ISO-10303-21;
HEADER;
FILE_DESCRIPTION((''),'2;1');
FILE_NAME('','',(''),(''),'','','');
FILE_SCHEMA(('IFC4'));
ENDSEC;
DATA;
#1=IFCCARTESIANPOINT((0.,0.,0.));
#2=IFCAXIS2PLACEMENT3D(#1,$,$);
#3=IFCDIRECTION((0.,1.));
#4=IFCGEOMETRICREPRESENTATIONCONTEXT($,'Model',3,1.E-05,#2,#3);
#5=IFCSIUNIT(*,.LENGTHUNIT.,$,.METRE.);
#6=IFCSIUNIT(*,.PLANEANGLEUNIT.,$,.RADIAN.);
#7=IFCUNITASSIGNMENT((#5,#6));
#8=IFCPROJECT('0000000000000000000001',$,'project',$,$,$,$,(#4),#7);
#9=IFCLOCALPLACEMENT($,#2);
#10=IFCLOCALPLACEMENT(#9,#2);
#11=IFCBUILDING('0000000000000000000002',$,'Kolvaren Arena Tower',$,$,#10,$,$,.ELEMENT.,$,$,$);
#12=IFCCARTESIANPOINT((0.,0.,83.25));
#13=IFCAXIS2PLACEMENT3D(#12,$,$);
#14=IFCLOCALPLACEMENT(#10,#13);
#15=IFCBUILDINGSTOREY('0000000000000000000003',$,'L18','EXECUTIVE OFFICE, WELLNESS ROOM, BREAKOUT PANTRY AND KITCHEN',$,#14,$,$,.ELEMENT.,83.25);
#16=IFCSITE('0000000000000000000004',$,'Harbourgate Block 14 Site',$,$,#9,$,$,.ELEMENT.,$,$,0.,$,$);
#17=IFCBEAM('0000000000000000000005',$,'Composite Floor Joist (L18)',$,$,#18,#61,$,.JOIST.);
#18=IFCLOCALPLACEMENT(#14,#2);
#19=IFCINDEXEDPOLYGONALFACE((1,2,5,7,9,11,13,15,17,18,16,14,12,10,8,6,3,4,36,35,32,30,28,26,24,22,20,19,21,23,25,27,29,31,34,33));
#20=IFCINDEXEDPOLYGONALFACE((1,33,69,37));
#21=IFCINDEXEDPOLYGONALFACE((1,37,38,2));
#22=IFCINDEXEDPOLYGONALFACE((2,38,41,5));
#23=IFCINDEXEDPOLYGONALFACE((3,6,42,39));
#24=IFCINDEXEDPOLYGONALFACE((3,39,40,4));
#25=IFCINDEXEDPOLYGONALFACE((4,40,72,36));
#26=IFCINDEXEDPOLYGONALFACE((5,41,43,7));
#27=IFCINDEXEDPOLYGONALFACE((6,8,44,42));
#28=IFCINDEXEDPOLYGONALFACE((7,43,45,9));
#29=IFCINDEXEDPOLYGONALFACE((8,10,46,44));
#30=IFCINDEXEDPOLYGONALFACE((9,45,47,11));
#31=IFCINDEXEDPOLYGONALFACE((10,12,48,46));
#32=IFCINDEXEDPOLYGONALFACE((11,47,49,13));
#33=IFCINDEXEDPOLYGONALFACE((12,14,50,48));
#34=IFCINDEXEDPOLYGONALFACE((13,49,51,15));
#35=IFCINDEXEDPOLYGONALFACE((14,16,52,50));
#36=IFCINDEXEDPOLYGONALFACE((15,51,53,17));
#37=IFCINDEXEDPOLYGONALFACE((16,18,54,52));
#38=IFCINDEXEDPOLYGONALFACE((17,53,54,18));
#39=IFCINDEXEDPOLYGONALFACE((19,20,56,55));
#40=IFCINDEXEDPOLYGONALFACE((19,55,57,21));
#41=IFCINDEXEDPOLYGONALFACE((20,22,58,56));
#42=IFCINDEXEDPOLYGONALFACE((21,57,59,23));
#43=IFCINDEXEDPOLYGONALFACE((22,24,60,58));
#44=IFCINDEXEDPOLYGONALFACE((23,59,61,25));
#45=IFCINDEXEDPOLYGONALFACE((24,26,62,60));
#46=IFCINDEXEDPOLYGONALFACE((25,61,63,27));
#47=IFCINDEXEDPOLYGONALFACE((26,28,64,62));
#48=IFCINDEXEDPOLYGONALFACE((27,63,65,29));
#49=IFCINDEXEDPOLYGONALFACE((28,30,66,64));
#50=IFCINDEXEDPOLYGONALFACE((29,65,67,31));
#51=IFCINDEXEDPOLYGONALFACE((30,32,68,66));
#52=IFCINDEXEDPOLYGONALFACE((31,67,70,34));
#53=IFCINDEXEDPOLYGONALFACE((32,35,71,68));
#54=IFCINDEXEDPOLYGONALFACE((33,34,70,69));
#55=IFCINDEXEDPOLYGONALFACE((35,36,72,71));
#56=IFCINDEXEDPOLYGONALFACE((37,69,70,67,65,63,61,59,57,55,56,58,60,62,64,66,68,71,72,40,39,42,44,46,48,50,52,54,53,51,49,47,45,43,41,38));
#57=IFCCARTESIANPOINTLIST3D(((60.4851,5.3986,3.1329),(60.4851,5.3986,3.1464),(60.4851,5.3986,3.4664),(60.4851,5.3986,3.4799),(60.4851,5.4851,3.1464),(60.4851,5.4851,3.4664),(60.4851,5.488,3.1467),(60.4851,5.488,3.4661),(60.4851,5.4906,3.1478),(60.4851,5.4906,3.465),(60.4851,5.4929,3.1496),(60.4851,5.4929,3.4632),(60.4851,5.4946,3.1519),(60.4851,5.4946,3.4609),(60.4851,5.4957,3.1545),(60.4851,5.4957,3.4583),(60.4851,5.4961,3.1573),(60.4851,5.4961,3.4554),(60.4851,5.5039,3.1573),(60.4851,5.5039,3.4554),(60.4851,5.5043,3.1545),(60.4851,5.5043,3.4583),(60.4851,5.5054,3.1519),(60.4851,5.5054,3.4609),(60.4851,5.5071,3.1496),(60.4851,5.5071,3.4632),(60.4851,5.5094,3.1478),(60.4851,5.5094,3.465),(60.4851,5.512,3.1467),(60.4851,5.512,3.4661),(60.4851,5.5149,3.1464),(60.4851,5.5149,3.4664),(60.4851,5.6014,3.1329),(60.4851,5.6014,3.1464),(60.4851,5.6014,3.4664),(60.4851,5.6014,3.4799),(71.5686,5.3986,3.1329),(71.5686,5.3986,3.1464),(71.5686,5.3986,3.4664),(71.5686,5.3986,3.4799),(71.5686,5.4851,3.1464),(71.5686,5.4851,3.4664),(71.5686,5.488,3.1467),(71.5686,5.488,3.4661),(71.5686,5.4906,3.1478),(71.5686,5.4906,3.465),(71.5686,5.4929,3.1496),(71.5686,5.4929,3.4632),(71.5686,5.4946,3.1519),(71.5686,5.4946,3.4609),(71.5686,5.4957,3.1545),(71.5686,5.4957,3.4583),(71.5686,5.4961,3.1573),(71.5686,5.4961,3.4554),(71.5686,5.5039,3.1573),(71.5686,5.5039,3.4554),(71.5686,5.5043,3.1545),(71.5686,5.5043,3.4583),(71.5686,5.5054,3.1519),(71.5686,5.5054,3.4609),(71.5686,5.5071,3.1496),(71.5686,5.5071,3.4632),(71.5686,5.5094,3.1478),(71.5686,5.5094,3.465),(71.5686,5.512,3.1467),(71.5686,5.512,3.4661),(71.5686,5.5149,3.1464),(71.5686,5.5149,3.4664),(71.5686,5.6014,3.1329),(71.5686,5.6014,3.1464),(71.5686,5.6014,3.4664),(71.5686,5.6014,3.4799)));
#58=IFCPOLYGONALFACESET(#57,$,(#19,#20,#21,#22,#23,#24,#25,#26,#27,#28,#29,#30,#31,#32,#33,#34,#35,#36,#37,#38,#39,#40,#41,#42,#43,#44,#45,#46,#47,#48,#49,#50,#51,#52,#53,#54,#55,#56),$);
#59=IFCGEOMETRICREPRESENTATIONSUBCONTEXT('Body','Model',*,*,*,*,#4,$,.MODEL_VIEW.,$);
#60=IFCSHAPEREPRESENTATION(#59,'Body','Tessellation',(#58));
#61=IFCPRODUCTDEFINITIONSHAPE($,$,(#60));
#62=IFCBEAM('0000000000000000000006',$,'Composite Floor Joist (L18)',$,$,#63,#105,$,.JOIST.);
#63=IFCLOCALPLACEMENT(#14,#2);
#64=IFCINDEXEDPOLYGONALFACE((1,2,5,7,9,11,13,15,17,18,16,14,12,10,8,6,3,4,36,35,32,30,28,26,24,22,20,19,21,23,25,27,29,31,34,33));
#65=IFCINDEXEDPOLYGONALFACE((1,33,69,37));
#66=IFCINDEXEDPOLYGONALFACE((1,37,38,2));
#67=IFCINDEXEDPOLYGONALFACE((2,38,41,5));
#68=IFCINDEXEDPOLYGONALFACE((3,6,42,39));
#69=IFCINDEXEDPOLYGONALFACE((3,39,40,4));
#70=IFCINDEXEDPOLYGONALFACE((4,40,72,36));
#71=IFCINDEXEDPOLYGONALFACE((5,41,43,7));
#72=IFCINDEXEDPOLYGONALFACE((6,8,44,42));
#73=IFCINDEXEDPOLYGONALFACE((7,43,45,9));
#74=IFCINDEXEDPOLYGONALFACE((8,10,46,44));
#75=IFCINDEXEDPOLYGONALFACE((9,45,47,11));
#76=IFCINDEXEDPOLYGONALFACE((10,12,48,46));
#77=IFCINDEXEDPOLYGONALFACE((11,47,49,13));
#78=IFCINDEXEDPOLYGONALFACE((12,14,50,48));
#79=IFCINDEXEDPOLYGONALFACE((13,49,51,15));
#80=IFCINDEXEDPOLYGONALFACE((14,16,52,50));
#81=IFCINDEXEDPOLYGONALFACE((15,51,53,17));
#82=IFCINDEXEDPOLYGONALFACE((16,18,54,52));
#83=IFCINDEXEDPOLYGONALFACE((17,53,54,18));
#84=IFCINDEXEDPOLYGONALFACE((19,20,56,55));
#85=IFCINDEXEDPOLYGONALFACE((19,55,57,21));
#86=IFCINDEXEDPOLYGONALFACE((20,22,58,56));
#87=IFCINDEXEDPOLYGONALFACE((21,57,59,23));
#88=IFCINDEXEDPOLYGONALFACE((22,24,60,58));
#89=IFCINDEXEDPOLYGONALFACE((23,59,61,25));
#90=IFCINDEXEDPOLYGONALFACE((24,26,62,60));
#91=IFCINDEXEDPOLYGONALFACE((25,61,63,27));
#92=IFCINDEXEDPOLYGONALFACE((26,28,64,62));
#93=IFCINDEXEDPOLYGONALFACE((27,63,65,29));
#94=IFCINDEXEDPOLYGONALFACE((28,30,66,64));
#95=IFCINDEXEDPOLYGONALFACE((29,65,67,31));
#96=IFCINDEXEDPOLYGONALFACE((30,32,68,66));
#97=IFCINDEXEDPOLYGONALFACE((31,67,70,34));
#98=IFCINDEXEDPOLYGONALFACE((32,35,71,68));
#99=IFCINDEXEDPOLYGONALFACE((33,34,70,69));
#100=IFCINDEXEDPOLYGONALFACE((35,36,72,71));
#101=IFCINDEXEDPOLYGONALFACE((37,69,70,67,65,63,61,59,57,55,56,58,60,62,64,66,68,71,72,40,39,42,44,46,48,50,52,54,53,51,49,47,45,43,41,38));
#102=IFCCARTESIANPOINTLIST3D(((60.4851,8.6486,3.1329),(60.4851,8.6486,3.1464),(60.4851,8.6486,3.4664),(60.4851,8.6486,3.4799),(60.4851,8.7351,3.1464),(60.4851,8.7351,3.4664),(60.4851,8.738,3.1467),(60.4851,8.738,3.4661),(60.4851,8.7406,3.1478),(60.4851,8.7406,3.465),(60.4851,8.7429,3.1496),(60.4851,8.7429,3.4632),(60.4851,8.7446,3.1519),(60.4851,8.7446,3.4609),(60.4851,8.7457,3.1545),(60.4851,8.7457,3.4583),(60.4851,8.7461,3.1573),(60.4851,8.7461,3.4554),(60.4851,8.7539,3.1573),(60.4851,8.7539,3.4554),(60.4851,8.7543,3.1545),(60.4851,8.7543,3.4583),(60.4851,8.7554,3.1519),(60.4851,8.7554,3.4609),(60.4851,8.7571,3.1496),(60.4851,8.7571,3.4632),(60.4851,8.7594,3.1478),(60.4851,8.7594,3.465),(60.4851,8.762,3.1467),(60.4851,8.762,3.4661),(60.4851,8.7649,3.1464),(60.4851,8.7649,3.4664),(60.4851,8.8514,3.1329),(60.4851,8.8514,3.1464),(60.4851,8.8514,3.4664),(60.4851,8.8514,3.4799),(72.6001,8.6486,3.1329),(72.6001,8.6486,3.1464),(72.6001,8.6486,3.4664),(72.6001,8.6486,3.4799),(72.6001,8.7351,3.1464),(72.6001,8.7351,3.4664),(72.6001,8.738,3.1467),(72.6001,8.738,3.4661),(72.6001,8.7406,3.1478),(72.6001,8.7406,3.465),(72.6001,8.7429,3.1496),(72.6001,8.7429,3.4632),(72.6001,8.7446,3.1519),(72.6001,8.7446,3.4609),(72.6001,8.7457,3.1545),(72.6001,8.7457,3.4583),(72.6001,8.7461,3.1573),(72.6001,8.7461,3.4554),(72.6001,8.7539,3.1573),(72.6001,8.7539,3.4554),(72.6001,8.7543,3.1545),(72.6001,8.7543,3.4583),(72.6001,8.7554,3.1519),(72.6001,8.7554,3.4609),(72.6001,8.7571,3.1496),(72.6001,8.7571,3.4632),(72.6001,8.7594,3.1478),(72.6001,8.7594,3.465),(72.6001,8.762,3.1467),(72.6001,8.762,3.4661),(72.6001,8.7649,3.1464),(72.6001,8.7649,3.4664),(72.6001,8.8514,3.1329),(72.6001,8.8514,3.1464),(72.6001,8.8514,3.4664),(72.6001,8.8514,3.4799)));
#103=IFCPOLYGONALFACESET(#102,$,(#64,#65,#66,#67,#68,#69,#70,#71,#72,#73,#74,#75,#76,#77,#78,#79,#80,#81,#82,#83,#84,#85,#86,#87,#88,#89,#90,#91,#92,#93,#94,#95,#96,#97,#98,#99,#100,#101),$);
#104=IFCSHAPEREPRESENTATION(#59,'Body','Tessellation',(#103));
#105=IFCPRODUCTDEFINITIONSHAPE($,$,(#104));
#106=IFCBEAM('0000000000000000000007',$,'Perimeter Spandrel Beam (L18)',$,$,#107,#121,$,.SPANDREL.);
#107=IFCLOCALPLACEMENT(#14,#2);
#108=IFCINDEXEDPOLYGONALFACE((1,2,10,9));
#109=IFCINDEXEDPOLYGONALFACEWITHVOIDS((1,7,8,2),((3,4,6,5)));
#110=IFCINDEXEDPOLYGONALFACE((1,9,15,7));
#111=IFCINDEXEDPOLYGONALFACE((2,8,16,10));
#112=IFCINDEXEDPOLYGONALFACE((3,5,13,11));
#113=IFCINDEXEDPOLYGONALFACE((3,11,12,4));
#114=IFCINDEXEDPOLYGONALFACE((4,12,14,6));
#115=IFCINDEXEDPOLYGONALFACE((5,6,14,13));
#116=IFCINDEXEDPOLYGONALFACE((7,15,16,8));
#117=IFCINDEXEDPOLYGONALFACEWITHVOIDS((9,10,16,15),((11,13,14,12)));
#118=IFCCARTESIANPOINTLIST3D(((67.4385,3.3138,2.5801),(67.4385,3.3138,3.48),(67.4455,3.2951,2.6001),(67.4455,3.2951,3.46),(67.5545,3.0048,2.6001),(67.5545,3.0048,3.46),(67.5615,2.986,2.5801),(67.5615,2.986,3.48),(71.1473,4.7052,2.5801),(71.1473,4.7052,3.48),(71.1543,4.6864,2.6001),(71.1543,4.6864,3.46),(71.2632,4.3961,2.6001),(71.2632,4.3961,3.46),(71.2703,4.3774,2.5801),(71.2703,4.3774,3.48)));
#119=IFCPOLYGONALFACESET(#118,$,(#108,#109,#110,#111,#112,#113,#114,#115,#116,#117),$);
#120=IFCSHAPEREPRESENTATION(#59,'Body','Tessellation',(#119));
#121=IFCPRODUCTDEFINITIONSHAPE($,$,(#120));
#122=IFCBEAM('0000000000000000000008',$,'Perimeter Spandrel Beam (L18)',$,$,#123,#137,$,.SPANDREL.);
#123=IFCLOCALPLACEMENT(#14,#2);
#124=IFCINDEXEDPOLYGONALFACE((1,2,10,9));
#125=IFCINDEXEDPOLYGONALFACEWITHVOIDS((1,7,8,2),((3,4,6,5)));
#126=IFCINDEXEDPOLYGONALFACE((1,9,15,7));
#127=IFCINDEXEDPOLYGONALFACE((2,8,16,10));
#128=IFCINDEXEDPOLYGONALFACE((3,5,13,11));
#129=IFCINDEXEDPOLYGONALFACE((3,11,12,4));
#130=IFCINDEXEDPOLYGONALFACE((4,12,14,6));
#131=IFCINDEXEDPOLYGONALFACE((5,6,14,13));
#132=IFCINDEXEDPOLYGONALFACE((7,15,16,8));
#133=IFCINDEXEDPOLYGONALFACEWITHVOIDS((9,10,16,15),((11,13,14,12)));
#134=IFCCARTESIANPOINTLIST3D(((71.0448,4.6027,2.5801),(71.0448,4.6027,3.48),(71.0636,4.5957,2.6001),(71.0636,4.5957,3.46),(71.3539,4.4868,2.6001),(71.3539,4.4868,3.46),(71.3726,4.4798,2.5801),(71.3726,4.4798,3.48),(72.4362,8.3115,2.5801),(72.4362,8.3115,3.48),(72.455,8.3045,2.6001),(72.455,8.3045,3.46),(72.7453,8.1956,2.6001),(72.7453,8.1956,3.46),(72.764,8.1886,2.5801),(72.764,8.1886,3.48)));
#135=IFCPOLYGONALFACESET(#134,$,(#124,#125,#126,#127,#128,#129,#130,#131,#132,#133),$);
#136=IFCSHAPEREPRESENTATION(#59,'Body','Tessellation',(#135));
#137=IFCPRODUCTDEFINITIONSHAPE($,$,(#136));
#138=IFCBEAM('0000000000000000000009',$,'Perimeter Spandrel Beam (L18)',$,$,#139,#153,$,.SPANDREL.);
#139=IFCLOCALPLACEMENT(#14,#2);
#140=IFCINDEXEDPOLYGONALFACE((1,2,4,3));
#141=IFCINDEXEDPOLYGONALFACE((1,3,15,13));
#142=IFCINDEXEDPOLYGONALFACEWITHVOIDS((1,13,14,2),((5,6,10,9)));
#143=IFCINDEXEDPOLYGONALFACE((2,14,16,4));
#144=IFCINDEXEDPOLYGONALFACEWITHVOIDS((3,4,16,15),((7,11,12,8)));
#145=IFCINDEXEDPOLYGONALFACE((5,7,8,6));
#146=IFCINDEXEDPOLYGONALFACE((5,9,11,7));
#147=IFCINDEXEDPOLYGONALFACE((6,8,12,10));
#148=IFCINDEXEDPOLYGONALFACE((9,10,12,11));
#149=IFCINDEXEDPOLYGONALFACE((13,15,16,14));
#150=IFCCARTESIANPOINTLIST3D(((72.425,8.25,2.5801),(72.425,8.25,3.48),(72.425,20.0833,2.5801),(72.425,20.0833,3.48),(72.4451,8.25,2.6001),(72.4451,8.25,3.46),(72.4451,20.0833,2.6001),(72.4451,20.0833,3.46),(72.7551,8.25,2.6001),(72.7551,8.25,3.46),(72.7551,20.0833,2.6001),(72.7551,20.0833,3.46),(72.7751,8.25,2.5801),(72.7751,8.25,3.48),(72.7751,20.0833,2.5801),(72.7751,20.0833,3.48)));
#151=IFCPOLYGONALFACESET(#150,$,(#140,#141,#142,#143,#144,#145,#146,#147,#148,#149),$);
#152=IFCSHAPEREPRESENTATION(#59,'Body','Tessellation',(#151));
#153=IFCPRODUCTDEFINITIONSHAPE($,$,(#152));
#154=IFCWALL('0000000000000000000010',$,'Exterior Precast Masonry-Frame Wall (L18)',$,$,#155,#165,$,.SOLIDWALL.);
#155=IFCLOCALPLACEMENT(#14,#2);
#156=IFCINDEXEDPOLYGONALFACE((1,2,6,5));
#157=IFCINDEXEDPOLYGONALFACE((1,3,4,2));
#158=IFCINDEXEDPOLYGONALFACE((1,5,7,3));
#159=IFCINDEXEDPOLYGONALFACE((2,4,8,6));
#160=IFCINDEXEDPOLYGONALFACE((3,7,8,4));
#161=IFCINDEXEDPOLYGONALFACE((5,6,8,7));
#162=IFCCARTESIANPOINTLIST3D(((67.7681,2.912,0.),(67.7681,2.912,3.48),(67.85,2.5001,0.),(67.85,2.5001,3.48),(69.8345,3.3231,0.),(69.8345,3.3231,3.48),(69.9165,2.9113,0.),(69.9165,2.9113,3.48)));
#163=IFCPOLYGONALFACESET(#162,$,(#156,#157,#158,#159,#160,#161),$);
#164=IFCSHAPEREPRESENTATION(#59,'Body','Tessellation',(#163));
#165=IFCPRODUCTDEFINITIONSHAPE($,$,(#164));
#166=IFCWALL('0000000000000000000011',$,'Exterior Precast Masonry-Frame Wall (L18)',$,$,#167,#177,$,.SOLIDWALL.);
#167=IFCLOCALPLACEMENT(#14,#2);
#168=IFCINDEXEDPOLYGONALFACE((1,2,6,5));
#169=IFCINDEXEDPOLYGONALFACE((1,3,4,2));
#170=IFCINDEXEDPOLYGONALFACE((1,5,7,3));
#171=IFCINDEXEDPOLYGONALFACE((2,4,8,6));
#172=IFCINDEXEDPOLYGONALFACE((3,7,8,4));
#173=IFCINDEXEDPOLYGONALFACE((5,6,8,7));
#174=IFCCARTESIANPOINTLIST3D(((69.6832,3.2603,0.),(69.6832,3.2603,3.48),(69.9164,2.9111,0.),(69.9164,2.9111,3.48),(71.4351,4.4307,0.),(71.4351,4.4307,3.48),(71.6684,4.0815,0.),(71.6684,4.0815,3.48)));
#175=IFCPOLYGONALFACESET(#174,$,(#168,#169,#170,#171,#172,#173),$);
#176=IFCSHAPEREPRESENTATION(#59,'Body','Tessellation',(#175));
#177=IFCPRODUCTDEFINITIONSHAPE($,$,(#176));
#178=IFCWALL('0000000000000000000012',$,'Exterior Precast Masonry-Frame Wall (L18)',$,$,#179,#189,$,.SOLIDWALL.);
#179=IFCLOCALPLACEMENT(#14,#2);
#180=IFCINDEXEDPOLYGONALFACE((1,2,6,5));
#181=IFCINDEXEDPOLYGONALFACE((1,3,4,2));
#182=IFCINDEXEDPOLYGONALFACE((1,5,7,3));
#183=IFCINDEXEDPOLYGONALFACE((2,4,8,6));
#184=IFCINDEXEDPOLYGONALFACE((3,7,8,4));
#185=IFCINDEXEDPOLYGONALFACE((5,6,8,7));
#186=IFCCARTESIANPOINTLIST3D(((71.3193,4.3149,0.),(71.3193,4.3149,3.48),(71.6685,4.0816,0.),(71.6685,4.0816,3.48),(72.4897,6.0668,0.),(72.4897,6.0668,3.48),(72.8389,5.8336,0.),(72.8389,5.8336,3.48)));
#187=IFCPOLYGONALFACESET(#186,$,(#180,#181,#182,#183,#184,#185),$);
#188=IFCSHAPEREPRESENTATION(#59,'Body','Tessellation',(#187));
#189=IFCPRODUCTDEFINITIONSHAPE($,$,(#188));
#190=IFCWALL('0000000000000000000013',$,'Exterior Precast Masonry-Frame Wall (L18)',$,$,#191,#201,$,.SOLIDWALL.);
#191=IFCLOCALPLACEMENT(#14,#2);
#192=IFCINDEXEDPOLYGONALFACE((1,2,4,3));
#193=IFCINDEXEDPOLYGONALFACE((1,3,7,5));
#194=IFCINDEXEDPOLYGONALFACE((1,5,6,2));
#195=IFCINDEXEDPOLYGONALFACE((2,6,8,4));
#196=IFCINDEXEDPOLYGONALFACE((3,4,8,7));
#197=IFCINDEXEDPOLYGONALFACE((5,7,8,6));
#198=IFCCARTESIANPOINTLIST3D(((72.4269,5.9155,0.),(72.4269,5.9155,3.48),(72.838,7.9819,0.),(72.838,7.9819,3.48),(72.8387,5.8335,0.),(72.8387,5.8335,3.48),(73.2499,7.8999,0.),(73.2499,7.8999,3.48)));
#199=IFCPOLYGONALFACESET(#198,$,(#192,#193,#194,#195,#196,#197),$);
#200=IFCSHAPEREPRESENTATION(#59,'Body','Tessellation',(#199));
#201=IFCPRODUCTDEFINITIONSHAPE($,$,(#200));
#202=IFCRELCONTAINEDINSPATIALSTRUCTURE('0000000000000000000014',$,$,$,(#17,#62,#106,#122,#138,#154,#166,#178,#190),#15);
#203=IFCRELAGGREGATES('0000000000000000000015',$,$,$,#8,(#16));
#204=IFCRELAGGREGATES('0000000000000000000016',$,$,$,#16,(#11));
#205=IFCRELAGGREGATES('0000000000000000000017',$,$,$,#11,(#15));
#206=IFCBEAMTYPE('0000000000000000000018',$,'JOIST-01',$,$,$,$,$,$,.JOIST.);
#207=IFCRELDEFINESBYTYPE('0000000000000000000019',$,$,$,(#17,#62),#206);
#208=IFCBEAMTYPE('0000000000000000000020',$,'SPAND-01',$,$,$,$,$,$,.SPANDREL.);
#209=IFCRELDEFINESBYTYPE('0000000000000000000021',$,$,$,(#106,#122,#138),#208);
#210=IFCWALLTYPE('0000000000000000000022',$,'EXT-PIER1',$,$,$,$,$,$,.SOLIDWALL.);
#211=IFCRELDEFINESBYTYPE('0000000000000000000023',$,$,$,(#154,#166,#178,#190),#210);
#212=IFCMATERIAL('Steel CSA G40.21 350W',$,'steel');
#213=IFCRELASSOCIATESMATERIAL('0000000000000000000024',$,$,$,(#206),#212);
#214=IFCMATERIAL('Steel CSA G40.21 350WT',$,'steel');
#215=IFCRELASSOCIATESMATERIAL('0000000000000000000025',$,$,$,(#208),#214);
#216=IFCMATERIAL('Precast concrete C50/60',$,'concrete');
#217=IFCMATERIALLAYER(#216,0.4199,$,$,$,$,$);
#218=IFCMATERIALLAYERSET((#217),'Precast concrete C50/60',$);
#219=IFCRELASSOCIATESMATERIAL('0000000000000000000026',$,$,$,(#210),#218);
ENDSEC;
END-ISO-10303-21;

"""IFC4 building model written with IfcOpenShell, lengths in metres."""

from ifc_helpers import new_model, si_unit, direction, frame, frame_2d, origin, origin_2d, place, context, subcontext, project, spatial, rectangle, hollow_rectangle, i_section, extrude, material, layer, layer_set, material_profile, profile_set, type_object, element, save


model = new_model("IFC4")

# Units and contexts
model_context = context("Model", 3, precision=1e-05, world=origin(), true_north=direction((0.0, 1.0)))
body_context = subcontext(model_context, "Body", "Model", "MODEL_VIEW")
ifc_project = project(units=[si_unit("LENGTHUNIT", "METRE"), si_unit("PLANEANGLEUNIT", "RADIAN")], contexts=[model_context])

# Site, building, storey
site_placement = place(None, origin())
site = spatial("IfcSite", under=ifc_project, at=site_placement, Name="Harbourgate Block 14 Site", CompositionType="ELEMENT", RefElevation=0.0)
building_placement = place(site_placement, origin())
building = spatial("IfcBuilding", under=site, at=building_placement, Name="Kolvaren Arena Tower", CompositionType="ELEMENT")
storey_placement = place(building_placement, frame((0.0, 0.0, 83.25)))
storey = spatial("IfcBuildingStorey", under=building, at=storey_placement, Name="L18", Description="EXECUTIVE OFFICE, WELLNESS ROOM, BREAKOUT PANTRY AND KITCHEN", CompositionType="ELEMENT", Elevation=83.25)

# Beams
ifc_material_1 = material(Name="Steel CSA G40.21 350W", Category="steel")
ifc_material_profile_1 = material_profile(ifc_material_1, i_section(OverallWidth=0.2029, OverallDepth=0.3469, WebThickness=0.0078, FlangeThickness=0.0134, FilletRadius=0.011, at=origin_2d()), Name="W360x64")
ifc_profile_set_1 = profile_set([ifc_material_profile_1], Name="Steel CSA G40.21 350W")
beam_type_1 = type_object("IfcBeamType", Name="JOIST-01", PredefinedType="JOIST", material=ifc_profile_set_1)
beam_1_placement = place(storey_placement, frame((60.4851, 5.5, 3.3064), z_axis=(1.0, 0.0, 0.0), x_axis=(0.0, 1.0, 0.0)))
element("IfcBeam", 1, at=beam_1_placement, inside=storey, type_object=beam_type_1, Name="Composite Floor Joist (L18)", PredefinedType="JOIST", context=body_context, shape_type="SweptSolid", body=[
    extrude(i_section(OverallWidth=0.2029, OverallDepth=0.3469, WebThickness=0.0078, FlangeThickness=0.0134, FilletRadius=0.011, at=origin_2d()), origin(), (0.0, 0.0, 1.0), 11.0835),
])
beam_2_placement = place(storey_placement, frame((60.4851, 8.75, 3.3064), z_axis=(1.0, 0.0, 0.0), x_axis=(0.0, 1.0, 0.0)))
element("IfcBeam", 2, at=beam_2_placement, inside=storey, type_object=beam_type_1, Name="Composite Floor Joist (L18)", PredefinedType="JOIST", context=body_context, shape_type="SweptSolid", body=[
    extrude(i_section(OverallWidth=0.2029, OverallDepth=0.3469, WebThickness=0.0078, FlangeThickness=0.0134, FilletRadius=0.011, at=origin_2d()), origin(), (0.0, 0.0, 1.0), 12.115),
])
ifc_material_2 = material(Name="Steel CSA G40.21 350WT", Category="steel")
ifc_material_profile_2 = material_profile(ifc_material_2, hollow_rectangle(XDim=0.3501, YDim=0.8999, WallThickness=0.02, at=origin_2d()), Name="HSS 900x350x20")
ifc_profile_set_2 = profile_set([ifc_material_profile_2], Name="Steel CSA G40.21 350WT")
beam_type_2 = type_object("IfcBeamType", Name="SPAND-01", PredefinedType="SPANDREL", material=ifc_profile_set_2)
for number, where, z_axis, x_axis, name in (
    (3, (67.5, 3.1499, 3.03), (0.936281, 0.351252, 0.0), (-0.351252, 0.936281, 0.0), "Perimeter Spandrel Beam (L18)"),
    (4, (71.2087, 4.5413, 3.03), (0.351252, 0.936281, 0.0), (-0.936281, 0.351252, 0.0), "Perimeter Spandrel Beam (L18)"),
):
    element("IfcBeam", number, at=place(storey_placement, frame(where, z_axis=z_axis, x_axis=x_axis)), inside=storey, type_object=beam_type_2, Name=name, PredefinedType="SPANDREL", context=body_context, shape_type="SweptSolid", body=[
        extrude(hollow_rectangle(XDim=0.3501, YDim=0.8999, WallThickness=0.02, at=origin_2d()), origin(), (0.0, 0.0, 1.0), 3.9612),
    ])
beam_3_placement = place(storey_placement, frame((72.6001, 8.25, 3.03), z_axis=(0.0, 1.0, 0.0), x_axis=(-1.0, 0.0, 0.0)))
element("IfcBeam", 5, at=beam_3_placement, inside=storey, type_object=beam_type_2, Name="Perimeter Spandrel Beam (L18)", PredefinedType="SPANDREL", context=body_context, shape_type="SweptSolid", body=[
    extrude(hollow_rectangle(XDim=0.3501, YDim=0.8999, WallThickness=0.02, at=origin_2d()), origin(), (0.0, 0.0, 1.0), 11.8333),
])

# Walls
ifc_material_3 = material(Name="Precast concrete C50/60", Category="concrete")
ifc_layer_1 = layer(ifc_material_3, 0.4199)
ifc_layer_set_1 = layer_set([ifc_layer_1], Name="Precast concrete C50/60")
wall_type_1 = type_object("IfcWallType", Name="EXT-PIER1", PredefinedType="SOLIDWALL", material=ifc_layer_set_1)
for number, where, z_axis, x_axis, name in (
    (6, (69.8755, 3.1172, 0.0), (0.0, 0.0, 1.0), (-0.980776, -0.195136, 0.0), "Exterior Precast Masonry-Frame Wall (L18)"),
    (7, (71.5518, 4.2561, 0.0), (0.0, 0.0, 1.0), (-0.831515, -0.555502, 0.0), "Exterior Precast Masonry-Frame Wall (L18)"),
    (8, (72.6643, 5.9502, 0.0), (0.0, 0.0, 1.0), (-0.555502, -0.831515, 0.0), "Exterior Precast Masonry-Frame Wall (L18)"),
    (9, (73.0439, 7.9409, 0.0), (0.0, 0.0, 1.0), (-0.195136, -0.980776, 0.0), "Exterior Precast Masonry-Frame Wall (L18)"),
):
    element("IfcWall", number, at=place(storey_placement, frame(where, z_axis=z_axis, x_axis=x_axis)), inside=storey, type_object=wall_type_1, Name=name, PredefinedType="SOLIDWALL", context=body_context, shape_type="SweptSolid", body=[
        extrude(rectangle(XDim=2.1069, YDim=0.4199, at=frame_2d((1.0535, 0.0))), origin(), (0.0, 0.0, 1.0), 3.48),
    ])

save(model, "model.ifc")
